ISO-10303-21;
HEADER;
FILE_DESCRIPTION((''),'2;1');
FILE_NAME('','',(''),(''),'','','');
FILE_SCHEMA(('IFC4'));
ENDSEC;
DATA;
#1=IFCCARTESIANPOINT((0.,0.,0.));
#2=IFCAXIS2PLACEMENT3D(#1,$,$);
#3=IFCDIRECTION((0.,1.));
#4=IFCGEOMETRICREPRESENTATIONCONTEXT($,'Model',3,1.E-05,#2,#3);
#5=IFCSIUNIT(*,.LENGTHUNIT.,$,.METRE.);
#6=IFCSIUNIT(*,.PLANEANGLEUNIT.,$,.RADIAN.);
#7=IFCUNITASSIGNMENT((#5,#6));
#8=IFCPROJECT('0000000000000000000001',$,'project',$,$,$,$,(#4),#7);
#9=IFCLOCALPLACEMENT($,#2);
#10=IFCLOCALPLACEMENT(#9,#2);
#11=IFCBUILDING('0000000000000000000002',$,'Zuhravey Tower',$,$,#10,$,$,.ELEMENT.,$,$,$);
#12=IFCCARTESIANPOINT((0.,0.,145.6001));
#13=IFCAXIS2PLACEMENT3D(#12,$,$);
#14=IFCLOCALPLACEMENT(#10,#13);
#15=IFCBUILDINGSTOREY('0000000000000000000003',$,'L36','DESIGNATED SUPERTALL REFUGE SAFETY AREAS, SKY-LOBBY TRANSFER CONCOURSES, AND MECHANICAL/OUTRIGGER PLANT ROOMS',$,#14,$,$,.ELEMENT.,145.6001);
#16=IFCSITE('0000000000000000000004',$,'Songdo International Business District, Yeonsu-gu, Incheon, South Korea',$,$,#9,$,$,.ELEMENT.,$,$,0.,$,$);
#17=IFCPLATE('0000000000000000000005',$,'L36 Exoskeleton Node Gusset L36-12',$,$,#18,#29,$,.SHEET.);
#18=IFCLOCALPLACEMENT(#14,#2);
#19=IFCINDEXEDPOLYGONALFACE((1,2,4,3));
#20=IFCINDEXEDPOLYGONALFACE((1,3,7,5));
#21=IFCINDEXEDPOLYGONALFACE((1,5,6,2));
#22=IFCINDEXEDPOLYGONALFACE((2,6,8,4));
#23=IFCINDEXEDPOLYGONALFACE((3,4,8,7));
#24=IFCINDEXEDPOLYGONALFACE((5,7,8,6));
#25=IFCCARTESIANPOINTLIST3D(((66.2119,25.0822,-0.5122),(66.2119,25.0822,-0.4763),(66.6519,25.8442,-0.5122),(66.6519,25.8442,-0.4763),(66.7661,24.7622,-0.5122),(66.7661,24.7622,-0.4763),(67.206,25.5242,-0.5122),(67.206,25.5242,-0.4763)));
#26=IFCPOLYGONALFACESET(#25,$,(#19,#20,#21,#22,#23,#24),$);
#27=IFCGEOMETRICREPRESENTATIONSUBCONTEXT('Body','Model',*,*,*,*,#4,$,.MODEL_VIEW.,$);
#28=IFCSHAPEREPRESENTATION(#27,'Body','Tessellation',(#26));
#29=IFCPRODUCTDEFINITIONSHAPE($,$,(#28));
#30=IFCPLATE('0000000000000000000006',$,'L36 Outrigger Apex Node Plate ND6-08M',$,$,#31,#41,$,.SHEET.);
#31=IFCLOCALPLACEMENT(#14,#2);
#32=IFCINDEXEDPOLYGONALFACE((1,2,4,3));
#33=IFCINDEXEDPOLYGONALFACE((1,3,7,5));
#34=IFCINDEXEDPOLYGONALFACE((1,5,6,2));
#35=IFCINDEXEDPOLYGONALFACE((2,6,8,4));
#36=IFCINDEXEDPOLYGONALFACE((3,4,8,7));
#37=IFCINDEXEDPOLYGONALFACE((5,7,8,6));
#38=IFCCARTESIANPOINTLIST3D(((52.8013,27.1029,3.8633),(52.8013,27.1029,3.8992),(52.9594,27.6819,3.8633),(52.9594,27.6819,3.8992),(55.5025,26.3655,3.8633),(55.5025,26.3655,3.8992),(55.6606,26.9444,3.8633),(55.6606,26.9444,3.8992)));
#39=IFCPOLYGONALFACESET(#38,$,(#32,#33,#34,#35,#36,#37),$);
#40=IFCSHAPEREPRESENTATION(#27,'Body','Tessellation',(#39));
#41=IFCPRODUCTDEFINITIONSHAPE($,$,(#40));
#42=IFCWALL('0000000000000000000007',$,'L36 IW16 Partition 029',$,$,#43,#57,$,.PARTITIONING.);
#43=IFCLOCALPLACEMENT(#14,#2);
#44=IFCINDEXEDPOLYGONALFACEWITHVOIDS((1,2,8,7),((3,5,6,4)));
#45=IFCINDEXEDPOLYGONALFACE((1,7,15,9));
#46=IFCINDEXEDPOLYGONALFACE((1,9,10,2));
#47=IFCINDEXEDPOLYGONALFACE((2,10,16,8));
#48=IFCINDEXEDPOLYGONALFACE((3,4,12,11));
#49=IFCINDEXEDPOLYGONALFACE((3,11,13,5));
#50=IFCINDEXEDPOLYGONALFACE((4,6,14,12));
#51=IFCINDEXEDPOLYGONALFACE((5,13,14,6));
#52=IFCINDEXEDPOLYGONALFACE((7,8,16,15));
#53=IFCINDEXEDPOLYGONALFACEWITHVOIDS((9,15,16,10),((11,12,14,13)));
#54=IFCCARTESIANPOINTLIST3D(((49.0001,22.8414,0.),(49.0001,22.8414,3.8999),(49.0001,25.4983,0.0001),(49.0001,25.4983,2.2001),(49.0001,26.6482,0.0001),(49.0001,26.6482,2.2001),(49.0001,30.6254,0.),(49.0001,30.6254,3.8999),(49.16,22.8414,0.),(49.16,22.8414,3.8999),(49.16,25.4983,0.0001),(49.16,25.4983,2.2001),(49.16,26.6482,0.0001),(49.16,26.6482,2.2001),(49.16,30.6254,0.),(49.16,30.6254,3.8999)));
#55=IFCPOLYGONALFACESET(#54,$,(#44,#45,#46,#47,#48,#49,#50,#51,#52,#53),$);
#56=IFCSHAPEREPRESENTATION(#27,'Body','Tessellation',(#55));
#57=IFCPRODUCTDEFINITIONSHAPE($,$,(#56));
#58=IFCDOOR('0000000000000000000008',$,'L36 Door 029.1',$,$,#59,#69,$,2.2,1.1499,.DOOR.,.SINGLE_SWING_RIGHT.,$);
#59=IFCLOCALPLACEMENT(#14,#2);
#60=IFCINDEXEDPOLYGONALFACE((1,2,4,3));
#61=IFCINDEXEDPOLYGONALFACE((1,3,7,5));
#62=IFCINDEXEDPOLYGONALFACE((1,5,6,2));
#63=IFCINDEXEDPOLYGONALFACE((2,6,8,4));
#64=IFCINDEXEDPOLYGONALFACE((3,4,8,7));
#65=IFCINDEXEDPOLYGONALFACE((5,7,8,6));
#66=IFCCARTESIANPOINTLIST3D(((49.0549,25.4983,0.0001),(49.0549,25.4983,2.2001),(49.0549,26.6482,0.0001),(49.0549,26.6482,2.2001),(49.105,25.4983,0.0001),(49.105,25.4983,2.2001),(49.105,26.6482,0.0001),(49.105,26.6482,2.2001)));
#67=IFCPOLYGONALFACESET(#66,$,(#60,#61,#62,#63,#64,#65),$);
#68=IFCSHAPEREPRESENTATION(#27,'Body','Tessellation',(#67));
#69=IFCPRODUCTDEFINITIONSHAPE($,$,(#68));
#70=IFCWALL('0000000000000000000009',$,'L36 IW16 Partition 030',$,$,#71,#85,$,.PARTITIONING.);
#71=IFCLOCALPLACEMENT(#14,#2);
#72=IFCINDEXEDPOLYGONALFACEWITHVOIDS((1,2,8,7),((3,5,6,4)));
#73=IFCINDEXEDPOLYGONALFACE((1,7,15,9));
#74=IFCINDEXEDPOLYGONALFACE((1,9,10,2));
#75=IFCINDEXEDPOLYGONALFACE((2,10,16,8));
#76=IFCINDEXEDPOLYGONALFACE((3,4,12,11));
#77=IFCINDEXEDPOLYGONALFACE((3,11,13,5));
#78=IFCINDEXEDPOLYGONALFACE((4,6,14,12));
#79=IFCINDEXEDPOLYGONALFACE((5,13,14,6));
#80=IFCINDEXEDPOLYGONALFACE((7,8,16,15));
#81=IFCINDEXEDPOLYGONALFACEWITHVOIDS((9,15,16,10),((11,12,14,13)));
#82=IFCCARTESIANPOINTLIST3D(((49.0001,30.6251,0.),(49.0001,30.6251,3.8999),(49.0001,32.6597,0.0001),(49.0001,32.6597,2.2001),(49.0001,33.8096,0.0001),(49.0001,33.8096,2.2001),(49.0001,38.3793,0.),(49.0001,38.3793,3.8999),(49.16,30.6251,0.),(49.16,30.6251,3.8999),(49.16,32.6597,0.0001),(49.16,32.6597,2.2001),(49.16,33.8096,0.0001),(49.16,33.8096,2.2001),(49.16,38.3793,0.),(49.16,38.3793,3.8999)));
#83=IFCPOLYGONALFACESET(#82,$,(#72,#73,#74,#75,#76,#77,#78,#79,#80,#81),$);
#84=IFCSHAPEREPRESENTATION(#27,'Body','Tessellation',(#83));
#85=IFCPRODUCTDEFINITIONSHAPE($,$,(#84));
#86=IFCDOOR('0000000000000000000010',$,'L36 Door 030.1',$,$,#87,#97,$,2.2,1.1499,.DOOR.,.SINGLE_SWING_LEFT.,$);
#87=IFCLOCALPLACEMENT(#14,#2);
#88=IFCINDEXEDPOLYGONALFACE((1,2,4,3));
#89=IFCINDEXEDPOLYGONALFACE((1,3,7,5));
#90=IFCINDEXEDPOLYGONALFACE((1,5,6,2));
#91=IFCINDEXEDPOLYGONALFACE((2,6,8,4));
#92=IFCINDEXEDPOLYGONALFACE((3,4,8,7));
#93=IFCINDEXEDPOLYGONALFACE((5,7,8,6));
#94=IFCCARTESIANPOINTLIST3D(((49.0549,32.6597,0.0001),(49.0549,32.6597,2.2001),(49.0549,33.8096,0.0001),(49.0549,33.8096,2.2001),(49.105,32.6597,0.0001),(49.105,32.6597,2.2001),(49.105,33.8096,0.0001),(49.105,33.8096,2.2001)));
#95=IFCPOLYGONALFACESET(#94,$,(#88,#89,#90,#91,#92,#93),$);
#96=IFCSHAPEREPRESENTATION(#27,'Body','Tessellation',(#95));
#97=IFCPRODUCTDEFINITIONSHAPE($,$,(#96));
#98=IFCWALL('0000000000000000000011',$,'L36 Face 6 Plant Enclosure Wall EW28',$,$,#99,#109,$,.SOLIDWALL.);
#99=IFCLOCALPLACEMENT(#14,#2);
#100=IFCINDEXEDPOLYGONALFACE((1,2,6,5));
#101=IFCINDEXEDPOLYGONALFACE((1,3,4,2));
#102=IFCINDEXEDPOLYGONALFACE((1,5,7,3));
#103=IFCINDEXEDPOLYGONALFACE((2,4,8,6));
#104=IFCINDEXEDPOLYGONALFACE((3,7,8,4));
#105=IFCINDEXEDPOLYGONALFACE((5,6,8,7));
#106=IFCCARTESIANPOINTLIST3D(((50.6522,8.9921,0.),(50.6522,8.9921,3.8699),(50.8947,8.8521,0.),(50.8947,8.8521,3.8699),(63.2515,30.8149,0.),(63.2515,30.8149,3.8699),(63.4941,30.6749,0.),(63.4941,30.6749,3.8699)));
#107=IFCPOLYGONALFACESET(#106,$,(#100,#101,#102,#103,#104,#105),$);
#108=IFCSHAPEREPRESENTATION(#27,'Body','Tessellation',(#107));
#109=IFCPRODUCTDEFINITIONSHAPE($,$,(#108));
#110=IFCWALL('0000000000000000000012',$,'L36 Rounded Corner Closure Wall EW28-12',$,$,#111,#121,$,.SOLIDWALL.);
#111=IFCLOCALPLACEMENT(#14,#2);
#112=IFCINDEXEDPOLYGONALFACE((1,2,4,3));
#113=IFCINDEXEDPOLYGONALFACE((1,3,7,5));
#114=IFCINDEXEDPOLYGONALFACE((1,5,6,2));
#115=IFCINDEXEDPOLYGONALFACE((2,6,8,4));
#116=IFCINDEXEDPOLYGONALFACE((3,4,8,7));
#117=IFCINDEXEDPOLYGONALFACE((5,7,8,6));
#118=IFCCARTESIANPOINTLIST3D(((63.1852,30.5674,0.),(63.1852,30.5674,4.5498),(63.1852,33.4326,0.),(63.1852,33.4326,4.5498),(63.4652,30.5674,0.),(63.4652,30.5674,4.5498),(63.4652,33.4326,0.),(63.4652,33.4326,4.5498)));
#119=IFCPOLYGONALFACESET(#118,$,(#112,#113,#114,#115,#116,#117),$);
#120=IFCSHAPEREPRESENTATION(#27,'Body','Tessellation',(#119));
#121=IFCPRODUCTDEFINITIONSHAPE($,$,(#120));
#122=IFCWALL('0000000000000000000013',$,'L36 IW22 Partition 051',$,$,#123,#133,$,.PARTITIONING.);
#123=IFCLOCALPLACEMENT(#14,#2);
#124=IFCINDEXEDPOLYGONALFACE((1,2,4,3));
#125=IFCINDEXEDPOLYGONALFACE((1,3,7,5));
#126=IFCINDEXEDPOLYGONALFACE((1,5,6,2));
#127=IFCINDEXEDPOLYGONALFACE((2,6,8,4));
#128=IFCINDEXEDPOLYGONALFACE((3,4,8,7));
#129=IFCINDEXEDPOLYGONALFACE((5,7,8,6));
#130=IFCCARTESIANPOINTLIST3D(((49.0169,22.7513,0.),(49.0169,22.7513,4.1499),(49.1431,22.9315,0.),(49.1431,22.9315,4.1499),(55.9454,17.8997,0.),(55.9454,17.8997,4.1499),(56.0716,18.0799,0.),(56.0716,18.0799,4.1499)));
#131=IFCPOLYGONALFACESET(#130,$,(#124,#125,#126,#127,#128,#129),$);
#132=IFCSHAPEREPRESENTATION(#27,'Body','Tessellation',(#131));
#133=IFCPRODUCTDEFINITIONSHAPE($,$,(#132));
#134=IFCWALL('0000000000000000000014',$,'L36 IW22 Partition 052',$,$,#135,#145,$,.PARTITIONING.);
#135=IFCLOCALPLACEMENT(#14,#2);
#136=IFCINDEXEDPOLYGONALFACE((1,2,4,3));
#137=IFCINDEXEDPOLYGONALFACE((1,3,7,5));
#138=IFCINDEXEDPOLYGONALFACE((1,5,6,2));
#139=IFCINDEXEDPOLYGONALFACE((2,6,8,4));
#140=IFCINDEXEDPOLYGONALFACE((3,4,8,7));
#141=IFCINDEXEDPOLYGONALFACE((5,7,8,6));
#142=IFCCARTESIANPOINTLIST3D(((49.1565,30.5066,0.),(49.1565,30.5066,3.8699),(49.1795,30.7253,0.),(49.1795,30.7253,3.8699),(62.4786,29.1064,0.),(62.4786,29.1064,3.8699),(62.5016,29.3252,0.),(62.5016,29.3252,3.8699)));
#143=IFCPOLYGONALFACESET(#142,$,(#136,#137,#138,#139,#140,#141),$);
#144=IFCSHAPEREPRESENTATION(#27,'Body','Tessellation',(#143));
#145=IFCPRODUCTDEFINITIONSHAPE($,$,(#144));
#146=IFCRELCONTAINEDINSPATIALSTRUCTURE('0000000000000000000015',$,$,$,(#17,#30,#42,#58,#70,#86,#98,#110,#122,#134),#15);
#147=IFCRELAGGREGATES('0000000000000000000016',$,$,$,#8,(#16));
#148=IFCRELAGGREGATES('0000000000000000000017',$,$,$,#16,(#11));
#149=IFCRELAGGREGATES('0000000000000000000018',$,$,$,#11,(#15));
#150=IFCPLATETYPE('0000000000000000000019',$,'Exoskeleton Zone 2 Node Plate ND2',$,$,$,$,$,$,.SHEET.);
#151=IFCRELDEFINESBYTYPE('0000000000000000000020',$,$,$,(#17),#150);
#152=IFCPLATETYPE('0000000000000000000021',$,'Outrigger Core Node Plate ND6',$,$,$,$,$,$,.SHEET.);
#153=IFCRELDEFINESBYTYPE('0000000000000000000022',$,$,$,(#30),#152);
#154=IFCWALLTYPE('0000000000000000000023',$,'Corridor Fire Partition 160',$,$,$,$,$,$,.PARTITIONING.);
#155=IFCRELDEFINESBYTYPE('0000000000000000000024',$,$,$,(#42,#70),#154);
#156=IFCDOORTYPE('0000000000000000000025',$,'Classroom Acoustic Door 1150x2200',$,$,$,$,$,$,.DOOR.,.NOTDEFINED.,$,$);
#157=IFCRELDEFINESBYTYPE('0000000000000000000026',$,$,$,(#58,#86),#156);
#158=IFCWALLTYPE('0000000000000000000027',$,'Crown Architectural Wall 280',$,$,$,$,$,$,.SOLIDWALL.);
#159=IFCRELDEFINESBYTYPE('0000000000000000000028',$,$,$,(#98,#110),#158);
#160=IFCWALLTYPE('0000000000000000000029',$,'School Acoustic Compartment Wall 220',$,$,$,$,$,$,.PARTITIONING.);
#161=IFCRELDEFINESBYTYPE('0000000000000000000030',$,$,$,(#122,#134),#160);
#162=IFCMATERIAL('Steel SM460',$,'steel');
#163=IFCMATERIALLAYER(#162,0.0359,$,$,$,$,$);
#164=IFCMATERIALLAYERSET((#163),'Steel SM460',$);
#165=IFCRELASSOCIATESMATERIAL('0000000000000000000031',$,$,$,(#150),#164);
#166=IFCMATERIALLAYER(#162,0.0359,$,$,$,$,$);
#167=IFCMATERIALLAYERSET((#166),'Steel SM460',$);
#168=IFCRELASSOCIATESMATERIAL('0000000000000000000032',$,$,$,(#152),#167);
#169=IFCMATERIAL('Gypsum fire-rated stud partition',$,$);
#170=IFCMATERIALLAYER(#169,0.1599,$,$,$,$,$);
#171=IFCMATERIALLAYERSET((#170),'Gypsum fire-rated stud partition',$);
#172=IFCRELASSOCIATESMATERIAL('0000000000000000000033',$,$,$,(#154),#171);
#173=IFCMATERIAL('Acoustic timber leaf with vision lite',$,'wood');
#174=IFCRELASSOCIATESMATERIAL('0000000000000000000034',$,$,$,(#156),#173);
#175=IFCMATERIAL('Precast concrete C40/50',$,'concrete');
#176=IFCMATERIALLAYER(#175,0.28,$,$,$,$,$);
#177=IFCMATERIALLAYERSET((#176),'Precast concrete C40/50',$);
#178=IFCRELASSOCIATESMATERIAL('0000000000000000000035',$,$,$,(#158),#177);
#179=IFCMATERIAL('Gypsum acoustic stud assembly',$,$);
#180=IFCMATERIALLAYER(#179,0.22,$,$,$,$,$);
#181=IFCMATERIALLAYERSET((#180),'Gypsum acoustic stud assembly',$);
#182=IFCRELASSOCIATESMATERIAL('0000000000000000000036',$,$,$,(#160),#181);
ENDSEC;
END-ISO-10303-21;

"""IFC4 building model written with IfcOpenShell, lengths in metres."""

from ifc_helpers import new_model, si_unit, direction, frame, frame_2d, origin, origin_2d, place, context, subcontext, project, spatial, rectangle, extrude, material, layer, layer_set, type_object, element, fill, save


model = new_model("IFC4")

# Units and contexts
model_context = context("Model", 3, precision=1e-05, world=origin(), true_north=direction((0.0, 1.0)))
body_context = subcontext(model_context, "Body", "Model", "MODEL_VIEW")
ifc_project = project(units=[si_unit("LENGTHUNIT", "METRE"), si_unit("PLANEANGLEUNIT", "RADIAN")], contexts=[model_context])

# Site, building, storey
site_placement = place(None, origin())
site = spatial("IfcSite", under=ifc_project, at=site_placement, Name="Songdo International Business District, Yeonsu-gu, Incheon, South Korea", CompositionType="ELEMENT", RefElevation=0.0)
building_placement = place(site_placement, origin())
building = spatial("IfcBuilding", under=site, at=building_placement, Name="Zuhravey Tower", CompositionType="ELEMENT")
storey_placement = place(building_placement, frame((0.0, 0.0, 145.6001)))
storey = spatial("IfcBuildingStorey", under=building, at=storey_placement, Name="L36", Description="DESIGNATED SUPERTALL REFUGE SAFETY AREAS, SKY-LOBBY TRANSFER CONCOURSES, AND MECHANICAL/OUTRIGGER PLANT ROOMS", CompositionType="ELEMENT", Elevation=145.6001)

# Shared definitions
ifc_material_1 = material(Name="Steel SM460", Category="steel")

# Plates
ifc_layer_1 = layer(ifc_material_1, 0.0359)
ifc_layer_set_1 = layer_set([ifc_layer_1], Name="Steel SM460")
plate_type_1 = type_object("IfcPlateType", Name="Exoskeleton Zone 2 Node Plate ND2", PredefinedType="SHEET", material=ifc_layer_set_1)
plate_1_placement = place(storey_placement, frame((66.709, 25.3032, -0.5122), z_axis=(0.0, 0.0, 1.0), x_axis=(0.5, 0.866025, 0.0)))
element("IfcPlate", 1, at=plate_1_placement, inside=storey, type_object=plate_type_1, Name="L36 Exoskeleton Node Gusset L36-12", PredefinedType="SHEET", context=body_context, shape_type="SweptSolid", body=[
    extrude(rectangle(XDim=0.8799, YDim=0.6399, at=origin_2d()), origin(), (0.0, 0.0, 1.0), 0.0359),
])
ifc_layer_2 = layer(ifc_material_1, 0.0359)
ifc_layer_set_2 = layer_set([ifc_layer_2], Name="Steel SM460")
plate_type_2 = type_object("IfcPlateType", Name="Outrigger Core Node Plate ND6", PredefinedType="SHEET", material=ifc_layer_set_2)
plate_2_placement = place(storey_placement, frame((54.231, 27.0237, 3.8633), z_axis=(0.0, 0.0, 1.0), x_axis=(0.964695, -0.263368, 0.0)))
element("IfcPlate", 2, at=plate_2_placement, inside=storey, type_object=plate_type_2, Name="L36 Outrigger Apex Node Plate ND6-08M", PredefinedType="SHEET", context=body_context, shape_type="SweptSolid", body=[
    extrude(rectangle(XDim=2.8, YDim=0.6001, at=origin_2d()), origin(), (0.0, 0.0, 1.0), 0.0359),
])

# Walls, openings, doors
ifc_material_2 = material(Name="Gypsum fire-rated stud partition")
ifc_layer_3 = layer(ifc_material_2, 0.1599)
ifc_layer_set_3 = layer_set([ifc_layer_3], Name="Gypsum fire-rated stud partition")
wall_type_1 = type_object("IfcWallType", Name="Corridor Fire Partition 160", PredefinedType="PARTITIONING", material=ifc_layer_set_3)
wall_1_placement = place(storey_placement, frame((49.0801, 22.8413, 0.0), z_axis=(0.0, 0.0, 1.0), x_axis=(0.0, 1.0, 0.0)))
wall_1 = element("IfcWall", 3, at=wall_1_placement, inside=storey, type_object=wall_type_1, Name="L36 IW16 Partition 029", PredefinedType="PARTITIONING", context=body_context, shape_type="SweptSolid", body=[
    extrude(rectangle(XDim=7.7839, YDim=0.1599, at=frame_2d((3.8921, 0.0))), origin(), (0.0, 0.0, 1.0), 3.8999),
])
opening_1_placement = place(wall_1_placement, frame((2.657, 0.0, 0.0)))
opening_1 = element("IfcOpeningElement", 4, at=opening_1_placement, cuts=wall_1, PredefinedType="OPENING", context=body_context, shape_type="SweptSolid", body=[
    extrude(rectangle(XDim=1.1499, YDim=2.2, at=frame_2d((0.575, 1.1001))), frame((0.0, 0.092, 0.0), z_axis=(0.0, -1.0, 0.0), x_axis=(1.0, 0.0, 0.0)), (0.0, 0.0, 1.0), 0.1838),
])
ifc_material_3 = material(Name="Acoustic timber leaf with vision lite", Category="wood")
door_type = type_object("IfcDoorType", Name="Classroom Acoustic Door 1150x2200", OperationType="NOTDEFINED", PredefinedType="DOOR", material=ifc_material_3)
door_1_placement = place(opening_1_placement, frame((1.1499, 0.0, 0.0), z_axis=(0.0, 0.0, 1.0), x_axis=(-1.0, 0.0, 0.0)))
door_1 = element("IfcDoor", 5, at=door_1_placement, inside=storey, type_object=door_type, Name="L36 Door 029.1", OperationType="SINGLE_SWING_RIGHT", OverallHeight=2.2, OverallWidth=1.1499, PredefinedType="DOOR", context=body_context, shape_type="SweptSolid", body=[
    extrude(rectangle(XDim=1.1499, YDim=2.2, at=frame_2d((0.575, 1.1001))), frame((0.0, 0.0249, 0.0), z_axis=(0.0, -1.0, 0.0), x_axis=(1.0, 0.0, 0.0)), (0.0, 0.0, 1.0), 0.05),
])
fill(opening_1, door_1)
wall_2_placement = place(storey_placement, frame((49.0801, 30.6252, 0.0), z_axis=(0.0, 0.0, 1.0), x_axis=(0.0, 1.0, 0.0)))
wall_2 = element("IfcWall", 6, at=wall_2_placement, inside=storey, type_object=wall_type_1, Name="L36 IW16 Partition 030", PredefinedType="PARTITIONING", context=body_context, shape_type="SweptSolid", body=[
    extrude(rectangle(XDim=7.7542, YDim=0.1599, at=frame_2d((3.877, 0.0))), origin(), (0.0, 0.0, 1.0), 3.8999),
])
opening_2_placement = place(wall_2_placement, frame((2.0344, 0.0, 0.0)))
opening_2 = element("IfcOpeningElement", 7, at=opening_2_placement, cuts=wall_2, PredefinedType="OPENING", context=body_context, shape_type="SweptSolid", body=[
    extrude(rectangle(XDim=1.1499, YDim=2.2, at=frame_2d((0.575, 1.1001))), frame((0.0, 0.092, 0.0), z_axis=(0.0, -1.0, 0.0), x_axis=(1.0, 0.0, 0.0)), (0.0, 0.0, 1.0), 0.1838),
])
door_2_placement = place(opening_2_placement, frame((1.1499, 0.0, 0.0), z_axis=(0.0, 0.0, 1.0), x_axis=(-1.0, 0.0, 0.0)))
door_2 = element("IfcDoor", 8, at=door_2_placement, inside=storey, type_object=door_type, Name="L36 Door 030.1", OperationType="SINGLE_SWING_LEFT", OverallHeight=2.2, OverallWidth=1.1499, PredefinedType="DOOR", context=body_context, shape_type="SweptSolid", body=[
    extrude(rectangle(XDim=1.1499, YDim=2.2, at=frame_2d((0.575, 1.1001))), frame((0.0, 0.0249, 0.0), z_axis=(0.0, -1.0, 0.0), x_axis=(1.0, 0.0, 0.0)), (0.0, 0.0, 1.0), 0.05),
])
fill(opening_2, door_2)

# Walls
ifc_material_4 = material(Name="Precast concrete C40/50", Category="concrete")
ifc_layer_4 = layer(ifc_material_4, 0.28)
ifc_layer_set_4 = layer_set([ifc_layer_4], Name="Precast concrete C40/50")
wall_type_2 = type_object("IfcWallType", Name="Crown Architectural Wall 280", PredefinedType="SOLIDWALL", material=ifc_layer_set_4)
wall_3_placement = place(storey_placement, frame((63.3728, 30.7449, 0.0), z_axis=(0.0, 0.0, 1.0), x_axis=(-0.5, -0.866026, 0.0)))
element("IfcWall", 9, at=wall_3_placement, inside=storey, type_object=wall_type_2, Name="L36 Face 6 Plant Enclosure Wall EW28", PredefinedType="SOLIDWALL", context=body_context, shape_type="SweptSolid", body=[
    extrude(rectangle(XDim=25.1987, YDim=0.28, at=frame_2d((12.5994, 0.0))), origin(), (0.0, 0.0, 1.0), 3.8699),
])
wall_4_placement = place(storey_placement, frame((63.3252, 33.4326, 0.0), z_axis=(0.0, 0.0, 1.0), x_axis=(0.0, -1.0, 0.0)))
element("IfcWall", 10, at=wall_4_placement, inside=storey, type_object=wall_type_2, Name="L36 Rounded Corner Closure Wall EW28-12", PredefinedType="SOLIDWALL", context=body_context, shape_type="SweptSolid", body=[
    extrude(rectangle(XDim=2.8652, YDim=0.28, at=frame_2d((1.4326, 0.0))), origin(), (0.0, 0.0, 1.0), 4.5498),
])
ifc_material_5 = material(Name="Gypsum acoustic stud assembly")
ifc_layer_5 = layer(ifc_material_5, 0.22)
ifc_layer_set_5 = layer_set([ifc_layer_5], Name="Gypsum acoustic stud assembly")
wall_type_3 = type_object("IfcWallType", Name="School Acoustic Compartment Wall 220", PredefinedType="PARTITIONING", material=ifc_layer_set_5)
wall_5_placement = place(storey_placement, frame((49.0801, 22.8413, 0.0), z_axis=(0.0, 0.0, 1.0), x_axis=(0.819141, -0.573592, 0.0)))
element("IfcWall", 11, at=wall_5_placement, inside=storey, type_object=wall_type_3, Name="L36 IW22 Partition 051", PredefinedType="PARTITIONING", context=body_context, shape_type="SweptSolid", body=[
    extrude(rectangle(XDim=8.4583, YDim=0.22, at=frame_2d((4.229, 0.0))), origin(), (0.0, 0.0, 1.0), 4.1499),
])
wall_6_placement = place(storey_placement, frame((49.168, 30.616, 0.0), z_axis=(0.0, 0.0, 1.0), x_axis=(0.994522, -0.104524, 0.0)))
element("IfcWall", 12, at=wall_6_placement, inside=storey, type_object=wall_type_3, Name="L36 IW22 Partition 052", PredefinedType="PARTITIONING", context=body_context, shape_type="SweptSolid", body=[
    extrude(rectangle(XDim=13.3955, YDim=0.22, at=frame_2d((6.6978, 0.0))), origin(), (0.0, 0.0, 1.0), 3.8699),
])

save(model, "model.ifc")
